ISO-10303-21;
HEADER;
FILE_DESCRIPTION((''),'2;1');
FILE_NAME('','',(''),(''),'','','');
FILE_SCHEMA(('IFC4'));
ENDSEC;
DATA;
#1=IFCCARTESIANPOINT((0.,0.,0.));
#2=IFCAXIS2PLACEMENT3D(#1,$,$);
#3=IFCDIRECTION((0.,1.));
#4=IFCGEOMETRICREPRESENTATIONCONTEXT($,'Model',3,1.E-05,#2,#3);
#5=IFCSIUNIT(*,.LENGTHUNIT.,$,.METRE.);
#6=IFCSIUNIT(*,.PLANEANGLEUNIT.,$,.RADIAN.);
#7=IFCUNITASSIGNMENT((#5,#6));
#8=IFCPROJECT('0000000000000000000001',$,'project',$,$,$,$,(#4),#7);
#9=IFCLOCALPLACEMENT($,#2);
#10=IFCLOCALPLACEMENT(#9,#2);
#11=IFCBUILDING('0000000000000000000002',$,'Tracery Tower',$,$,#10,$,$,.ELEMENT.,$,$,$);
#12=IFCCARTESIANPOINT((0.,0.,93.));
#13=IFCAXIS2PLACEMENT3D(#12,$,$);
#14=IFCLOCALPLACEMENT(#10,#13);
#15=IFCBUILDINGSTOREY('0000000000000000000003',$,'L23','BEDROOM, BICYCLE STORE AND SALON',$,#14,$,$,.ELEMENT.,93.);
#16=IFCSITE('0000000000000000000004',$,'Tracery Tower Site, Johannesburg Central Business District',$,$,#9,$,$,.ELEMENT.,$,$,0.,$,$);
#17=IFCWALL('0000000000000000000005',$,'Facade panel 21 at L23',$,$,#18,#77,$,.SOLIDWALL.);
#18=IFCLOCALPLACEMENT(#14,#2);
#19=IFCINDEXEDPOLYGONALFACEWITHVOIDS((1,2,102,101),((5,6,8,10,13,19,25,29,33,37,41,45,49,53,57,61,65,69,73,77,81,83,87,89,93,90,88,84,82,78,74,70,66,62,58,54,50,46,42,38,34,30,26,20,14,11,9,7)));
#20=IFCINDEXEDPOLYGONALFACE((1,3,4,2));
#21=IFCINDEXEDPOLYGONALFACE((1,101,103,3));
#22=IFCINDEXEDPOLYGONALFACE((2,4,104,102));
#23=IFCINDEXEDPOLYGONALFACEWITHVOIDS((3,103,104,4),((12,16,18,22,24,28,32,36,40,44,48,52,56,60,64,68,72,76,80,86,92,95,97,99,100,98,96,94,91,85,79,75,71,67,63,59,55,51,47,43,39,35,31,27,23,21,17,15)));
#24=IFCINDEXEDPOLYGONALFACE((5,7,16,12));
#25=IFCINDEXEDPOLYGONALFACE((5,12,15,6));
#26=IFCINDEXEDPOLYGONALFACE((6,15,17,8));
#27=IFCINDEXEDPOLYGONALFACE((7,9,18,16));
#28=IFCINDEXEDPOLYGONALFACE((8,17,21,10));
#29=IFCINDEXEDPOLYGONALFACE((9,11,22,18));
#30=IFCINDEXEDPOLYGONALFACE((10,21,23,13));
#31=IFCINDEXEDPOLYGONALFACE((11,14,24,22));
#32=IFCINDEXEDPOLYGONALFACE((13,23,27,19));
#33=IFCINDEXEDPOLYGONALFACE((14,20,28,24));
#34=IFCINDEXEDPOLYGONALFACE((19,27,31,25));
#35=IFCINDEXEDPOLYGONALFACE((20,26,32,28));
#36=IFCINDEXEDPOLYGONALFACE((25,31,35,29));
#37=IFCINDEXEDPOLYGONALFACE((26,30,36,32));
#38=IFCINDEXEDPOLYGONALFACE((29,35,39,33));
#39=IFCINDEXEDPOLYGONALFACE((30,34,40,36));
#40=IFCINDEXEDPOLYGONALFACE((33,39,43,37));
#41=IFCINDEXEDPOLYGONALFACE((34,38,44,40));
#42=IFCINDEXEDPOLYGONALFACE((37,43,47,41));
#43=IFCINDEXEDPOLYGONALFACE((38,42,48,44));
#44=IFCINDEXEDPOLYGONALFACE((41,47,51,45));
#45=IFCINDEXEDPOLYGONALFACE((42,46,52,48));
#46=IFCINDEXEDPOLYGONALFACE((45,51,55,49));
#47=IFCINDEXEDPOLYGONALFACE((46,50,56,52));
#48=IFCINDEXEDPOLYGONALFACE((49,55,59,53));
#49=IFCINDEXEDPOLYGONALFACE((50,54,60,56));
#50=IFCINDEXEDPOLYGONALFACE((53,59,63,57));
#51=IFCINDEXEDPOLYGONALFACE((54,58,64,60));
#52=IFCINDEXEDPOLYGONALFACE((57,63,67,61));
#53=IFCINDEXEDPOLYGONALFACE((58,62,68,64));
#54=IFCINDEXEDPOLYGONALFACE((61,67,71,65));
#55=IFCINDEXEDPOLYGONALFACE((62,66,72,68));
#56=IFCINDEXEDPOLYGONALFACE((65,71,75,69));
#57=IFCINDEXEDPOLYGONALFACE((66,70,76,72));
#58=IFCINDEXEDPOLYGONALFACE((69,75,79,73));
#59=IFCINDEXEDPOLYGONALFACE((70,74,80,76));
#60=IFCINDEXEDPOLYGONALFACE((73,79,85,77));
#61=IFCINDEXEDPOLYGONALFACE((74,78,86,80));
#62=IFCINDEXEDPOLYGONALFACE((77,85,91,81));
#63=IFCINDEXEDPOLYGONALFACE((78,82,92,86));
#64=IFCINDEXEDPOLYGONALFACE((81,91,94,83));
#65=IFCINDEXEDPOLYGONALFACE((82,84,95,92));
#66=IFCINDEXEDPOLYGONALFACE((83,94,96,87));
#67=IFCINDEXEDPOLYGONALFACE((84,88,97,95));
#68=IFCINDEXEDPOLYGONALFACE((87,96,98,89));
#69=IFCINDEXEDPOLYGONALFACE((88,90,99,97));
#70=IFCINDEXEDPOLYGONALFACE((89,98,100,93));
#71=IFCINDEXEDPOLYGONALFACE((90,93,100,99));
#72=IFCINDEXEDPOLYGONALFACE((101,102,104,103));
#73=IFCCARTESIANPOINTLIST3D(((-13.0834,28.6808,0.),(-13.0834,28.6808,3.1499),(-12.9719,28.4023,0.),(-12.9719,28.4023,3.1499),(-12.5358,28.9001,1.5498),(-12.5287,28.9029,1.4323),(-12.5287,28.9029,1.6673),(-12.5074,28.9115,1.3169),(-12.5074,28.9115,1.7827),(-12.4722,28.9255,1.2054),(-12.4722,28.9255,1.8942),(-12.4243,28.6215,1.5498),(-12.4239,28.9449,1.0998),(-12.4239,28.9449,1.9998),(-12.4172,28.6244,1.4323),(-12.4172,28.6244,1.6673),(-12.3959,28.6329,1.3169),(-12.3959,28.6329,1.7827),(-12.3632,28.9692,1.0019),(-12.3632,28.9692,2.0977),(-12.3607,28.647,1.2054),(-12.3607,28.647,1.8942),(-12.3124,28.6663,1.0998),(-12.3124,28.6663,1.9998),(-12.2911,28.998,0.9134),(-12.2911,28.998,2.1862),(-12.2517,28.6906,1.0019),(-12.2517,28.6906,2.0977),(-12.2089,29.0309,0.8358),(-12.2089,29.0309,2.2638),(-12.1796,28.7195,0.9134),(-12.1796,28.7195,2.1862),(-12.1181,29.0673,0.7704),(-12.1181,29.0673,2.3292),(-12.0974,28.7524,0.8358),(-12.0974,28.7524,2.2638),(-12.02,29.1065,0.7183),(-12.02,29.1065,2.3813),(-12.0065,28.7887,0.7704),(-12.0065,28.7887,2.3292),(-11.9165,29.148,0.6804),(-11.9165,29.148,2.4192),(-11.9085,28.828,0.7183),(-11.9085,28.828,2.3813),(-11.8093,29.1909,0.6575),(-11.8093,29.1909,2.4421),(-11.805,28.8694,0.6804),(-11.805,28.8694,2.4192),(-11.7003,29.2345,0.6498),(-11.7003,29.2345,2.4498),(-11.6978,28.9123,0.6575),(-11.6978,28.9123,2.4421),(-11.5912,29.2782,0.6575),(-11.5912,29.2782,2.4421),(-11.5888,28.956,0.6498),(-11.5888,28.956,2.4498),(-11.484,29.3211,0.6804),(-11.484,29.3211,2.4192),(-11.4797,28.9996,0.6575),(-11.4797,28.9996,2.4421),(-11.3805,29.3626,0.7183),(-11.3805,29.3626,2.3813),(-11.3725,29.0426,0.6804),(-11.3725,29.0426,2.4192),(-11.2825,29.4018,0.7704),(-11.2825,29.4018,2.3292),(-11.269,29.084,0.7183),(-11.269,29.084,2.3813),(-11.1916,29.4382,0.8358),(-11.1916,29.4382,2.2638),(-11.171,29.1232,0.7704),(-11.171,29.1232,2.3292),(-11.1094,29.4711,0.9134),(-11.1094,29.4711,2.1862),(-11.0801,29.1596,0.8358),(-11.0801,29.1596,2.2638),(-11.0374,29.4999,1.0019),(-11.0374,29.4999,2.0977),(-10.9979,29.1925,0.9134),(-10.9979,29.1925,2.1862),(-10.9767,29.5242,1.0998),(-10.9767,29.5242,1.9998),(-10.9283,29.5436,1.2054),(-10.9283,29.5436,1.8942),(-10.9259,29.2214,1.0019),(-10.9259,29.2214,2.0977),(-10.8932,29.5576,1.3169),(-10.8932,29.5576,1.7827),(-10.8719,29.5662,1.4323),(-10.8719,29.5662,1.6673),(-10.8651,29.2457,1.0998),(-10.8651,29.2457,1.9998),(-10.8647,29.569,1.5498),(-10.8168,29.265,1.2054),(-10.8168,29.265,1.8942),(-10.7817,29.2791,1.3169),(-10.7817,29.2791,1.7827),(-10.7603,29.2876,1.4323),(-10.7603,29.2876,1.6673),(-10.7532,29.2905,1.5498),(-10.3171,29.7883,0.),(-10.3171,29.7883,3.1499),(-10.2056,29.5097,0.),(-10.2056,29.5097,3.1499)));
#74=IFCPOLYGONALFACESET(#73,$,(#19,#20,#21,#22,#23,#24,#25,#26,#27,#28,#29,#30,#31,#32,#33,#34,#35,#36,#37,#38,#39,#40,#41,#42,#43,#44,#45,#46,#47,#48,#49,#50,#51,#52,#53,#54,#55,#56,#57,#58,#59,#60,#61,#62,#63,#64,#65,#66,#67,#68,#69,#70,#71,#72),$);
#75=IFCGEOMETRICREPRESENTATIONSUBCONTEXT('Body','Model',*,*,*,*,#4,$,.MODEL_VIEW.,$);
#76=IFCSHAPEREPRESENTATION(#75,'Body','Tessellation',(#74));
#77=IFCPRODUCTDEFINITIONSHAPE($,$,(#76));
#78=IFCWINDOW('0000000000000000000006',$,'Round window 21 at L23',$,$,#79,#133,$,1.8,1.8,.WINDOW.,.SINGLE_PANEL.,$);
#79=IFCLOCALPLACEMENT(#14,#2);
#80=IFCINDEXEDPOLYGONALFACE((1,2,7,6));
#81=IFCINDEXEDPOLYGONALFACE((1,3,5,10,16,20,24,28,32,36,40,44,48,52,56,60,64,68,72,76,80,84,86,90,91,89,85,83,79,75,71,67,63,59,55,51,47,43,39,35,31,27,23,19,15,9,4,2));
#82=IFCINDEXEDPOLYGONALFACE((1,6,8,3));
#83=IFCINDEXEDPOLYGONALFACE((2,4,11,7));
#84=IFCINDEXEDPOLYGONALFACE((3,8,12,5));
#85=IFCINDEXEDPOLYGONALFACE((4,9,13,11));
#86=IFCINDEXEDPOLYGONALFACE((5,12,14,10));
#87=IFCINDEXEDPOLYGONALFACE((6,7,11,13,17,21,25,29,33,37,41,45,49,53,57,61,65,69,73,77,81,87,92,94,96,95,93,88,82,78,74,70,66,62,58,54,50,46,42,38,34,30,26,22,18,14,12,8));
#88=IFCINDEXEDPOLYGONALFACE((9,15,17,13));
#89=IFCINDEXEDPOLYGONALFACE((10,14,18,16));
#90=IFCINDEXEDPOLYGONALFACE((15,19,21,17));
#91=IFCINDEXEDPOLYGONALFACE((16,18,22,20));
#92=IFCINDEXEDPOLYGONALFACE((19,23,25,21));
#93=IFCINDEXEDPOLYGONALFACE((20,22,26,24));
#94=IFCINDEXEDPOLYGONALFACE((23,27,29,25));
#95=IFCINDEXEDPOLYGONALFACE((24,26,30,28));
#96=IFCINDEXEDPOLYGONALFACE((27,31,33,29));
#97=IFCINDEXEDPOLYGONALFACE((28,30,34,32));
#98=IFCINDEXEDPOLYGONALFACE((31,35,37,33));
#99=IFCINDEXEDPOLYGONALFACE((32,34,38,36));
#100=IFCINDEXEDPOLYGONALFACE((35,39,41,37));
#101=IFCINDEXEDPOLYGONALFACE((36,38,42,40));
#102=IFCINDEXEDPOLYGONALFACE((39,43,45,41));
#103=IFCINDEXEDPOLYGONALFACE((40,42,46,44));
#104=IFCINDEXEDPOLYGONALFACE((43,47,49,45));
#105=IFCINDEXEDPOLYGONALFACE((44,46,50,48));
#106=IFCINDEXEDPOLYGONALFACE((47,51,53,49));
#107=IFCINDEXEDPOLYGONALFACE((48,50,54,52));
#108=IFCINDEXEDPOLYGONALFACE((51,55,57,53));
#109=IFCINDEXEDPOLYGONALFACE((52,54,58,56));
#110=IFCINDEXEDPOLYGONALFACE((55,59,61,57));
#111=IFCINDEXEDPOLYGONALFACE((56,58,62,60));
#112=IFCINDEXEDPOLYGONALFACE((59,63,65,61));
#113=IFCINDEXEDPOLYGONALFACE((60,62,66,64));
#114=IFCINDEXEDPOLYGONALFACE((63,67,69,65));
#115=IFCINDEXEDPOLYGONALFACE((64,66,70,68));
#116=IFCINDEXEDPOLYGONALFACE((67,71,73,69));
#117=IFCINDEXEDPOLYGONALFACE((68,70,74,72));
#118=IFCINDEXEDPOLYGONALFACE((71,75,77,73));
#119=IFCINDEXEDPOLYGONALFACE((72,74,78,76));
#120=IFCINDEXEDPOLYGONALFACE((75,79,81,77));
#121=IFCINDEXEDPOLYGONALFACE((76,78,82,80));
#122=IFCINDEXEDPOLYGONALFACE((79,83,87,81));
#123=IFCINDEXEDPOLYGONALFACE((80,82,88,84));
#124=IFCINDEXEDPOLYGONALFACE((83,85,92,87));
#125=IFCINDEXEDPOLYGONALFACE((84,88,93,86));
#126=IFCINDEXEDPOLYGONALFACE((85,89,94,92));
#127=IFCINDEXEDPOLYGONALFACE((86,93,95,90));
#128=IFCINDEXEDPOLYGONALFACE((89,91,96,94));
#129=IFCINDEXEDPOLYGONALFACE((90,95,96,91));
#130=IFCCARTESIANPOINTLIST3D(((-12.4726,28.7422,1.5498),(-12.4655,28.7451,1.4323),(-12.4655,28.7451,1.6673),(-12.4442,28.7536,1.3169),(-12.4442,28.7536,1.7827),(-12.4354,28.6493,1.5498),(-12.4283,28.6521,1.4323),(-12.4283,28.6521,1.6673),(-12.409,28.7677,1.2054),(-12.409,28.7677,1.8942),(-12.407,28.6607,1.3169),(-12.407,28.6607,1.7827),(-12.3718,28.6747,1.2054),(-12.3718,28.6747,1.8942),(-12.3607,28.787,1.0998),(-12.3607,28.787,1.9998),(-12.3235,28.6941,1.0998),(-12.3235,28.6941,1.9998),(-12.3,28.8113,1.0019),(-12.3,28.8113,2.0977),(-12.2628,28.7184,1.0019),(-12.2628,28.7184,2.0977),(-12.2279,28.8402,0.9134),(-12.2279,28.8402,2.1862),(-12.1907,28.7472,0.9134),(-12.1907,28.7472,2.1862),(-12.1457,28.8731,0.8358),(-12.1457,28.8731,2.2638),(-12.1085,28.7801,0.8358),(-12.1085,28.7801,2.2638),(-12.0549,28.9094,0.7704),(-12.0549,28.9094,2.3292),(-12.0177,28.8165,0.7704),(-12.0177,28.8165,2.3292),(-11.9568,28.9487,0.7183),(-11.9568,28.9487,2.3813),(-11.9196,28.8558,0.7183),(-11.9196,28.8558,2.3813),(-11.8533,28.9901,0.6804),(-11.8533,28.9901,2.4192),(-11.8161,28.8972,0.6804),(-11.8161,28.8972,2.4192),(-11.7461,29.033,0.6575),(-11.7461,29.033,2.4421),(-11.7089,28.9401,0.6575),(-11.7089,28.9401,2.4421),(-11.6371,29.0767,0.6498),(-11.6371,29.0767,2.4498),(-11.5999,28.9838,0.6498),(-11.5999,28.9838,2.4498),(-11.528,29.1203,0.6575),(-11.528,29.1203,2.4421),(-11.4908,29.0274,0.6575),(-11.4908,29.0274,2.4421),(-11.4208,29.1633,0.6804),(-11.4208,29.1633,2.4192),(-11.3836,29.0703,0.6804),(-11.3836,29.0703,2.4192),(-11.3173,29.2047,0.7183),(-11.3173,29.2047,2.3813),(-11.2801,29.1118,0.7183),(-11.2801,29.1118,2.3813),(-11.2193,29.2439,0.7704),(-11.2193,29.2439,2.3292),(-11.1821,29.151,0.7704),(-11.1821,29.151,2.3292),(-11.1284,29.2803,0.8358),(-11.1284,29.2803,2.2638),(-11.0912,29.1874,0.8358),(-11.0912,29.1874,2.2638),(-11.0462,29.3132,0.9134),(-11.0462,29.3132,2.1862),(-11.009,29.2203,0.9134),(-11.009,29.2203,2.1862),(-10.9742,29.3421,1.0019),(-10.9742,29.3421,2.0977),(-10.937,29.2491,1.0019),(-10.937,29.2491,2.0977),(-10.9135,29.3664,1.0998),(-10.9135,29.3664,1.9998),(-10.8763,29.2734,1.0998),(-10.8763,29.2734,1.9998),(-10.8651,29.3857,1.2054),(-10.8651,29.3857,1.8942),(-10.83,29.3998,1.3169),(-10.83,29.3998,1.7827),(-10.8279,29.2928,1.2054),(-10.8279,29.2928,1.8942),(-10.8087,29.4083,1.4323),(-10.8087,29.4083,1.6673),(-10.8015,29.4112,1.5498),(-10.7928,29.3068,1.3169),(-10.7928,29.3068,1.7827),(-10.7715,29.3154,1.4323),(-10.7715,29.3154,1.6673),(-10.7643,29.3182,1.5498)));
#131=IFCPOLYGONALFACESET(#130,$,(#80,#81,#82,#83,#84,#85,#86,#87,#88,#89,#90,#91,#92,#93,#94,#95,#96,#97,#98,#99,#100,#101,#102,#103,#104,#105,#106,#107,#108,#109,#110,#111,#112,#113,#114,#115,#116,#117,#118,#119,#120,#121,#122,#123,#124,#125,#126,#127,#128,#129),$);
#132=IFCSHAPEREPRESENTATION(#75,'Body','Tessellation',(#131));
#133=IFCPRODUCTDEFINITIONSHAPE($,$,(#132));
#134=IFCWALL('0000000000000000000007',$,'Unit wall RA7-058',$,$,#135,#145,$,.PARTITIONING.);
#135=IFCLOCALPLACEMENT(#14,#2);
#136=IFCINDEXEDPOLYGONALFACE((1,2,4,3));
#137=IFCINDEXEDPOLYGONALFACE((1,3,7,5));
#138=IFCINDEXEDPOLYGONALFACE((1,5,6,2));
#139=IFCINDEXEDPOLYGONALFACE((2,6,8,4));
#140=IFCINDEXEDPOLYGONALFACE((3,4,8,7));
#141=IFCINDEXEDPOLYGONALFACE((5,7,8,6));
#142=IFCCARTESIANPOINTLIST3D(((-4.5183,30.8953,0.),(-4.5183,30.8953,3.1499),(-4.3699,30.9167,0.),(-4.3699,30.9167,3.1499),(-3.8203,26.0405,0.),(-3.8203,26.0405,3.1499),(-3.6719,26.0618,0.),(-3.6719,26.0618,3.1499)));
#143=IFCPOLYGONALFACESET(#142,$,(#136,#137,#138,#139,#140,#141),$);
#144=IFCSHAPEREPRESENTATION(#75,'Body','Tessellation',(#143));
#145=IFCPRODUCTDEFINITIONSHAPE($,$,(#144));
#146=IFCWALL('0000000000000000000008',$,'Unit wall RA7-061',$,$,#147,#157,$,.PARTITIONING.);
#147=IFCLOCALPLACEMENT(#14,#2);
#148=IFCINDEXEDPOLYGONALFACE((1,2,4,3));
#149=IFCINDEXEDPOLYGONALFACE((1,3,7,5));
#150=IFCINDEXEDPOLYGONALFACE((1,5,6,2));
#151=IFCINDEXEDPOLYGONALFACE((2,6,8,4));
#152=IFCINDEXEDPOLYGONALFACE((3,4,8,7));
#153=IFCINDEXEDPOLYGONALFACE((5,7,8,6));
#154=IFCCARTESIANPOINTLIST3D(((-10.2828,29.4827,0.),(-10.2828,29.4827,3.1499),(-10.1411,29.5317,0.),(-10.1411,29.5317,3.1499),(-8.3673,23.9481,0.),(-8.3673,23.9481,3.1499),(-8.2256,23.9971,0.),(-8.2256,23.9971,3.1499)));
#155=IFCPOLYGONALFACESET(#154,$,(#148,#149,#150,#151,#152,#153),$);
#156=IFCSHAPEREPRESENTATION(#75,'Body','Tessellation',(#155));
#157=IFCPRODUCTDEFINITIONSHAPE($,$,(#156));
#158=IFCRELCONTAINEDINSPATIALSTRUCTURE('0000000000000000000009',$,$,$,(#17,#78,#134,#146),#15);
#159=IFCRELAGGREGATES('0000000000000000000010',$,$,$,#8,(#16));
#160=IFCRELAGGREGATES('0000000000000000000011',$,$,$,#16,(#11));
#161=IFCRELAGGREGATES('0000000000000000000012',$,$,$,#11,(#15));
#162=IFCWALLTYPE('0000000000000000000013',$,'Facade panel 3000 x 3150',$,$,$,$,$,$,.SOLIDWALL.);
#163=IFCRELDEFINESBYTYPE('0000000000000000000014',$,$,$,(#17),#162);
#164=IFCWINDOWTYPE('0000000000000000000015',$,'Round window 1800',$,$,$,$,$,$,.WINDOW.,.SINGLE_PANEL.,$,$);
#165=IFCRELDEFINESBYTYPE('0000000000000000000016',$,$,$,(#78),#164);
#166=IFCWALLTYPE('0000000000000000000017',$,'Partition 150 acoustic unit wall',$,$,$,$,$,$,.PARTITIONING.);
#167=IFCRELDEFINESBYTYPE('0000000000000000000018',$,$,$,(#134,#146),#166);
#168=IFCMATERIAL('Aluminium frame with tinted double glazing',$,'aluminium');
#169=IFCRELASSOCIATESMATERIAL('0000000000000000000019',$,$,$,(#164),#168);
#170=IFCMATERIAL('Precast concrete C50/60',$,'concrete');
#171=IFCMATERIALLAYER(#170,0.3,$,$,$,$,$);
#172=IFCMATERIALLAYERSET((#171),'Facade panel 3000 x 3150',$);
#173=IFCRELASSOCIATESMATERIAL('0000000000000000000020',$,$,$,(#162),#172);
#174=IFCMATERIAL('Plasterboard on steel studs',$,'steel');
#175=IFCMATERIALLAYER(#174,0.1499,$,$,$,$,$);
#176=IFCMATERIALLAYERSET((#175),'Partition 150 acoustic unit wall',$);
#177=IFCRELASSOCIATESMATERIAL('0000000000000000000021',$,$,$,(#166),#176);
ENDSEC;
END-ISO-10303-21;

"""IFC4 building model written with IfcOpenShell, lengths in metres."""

from ifc_helpers import new_model, si_unit, direction, frame, frame_2d, origin, origin_2d, place, context, subcontext, project, spatial, rectangle, circle, extrude, material, layer, layer_set, type_object, element, fill, save


model = new_model("IFC4")

# Units and contexts
model_context = context("Model", 3, precision=1e-05, world=origin(), true_north=direction((0.0, 1.0)))
body_context = subcontext(model_context, "Body", "Model", "MODEL_VIEW")
ifc_project = project(units=[si_unit("LENGTHUNIT", "METRE"), si_unit("PLANEANGLEUNIT", "RADIAN")], contexts=[model_context])

# Site, building, storey
site_placement = place(None, origin())
site = spatial("IfcSite", under=ifc_project, at=site_placement, Name="Tracery Tower Site, Johannesburg Central Business District", CompositionType="ELEMENT", RefElevation=0.0)
building_placement = place(site_placement, origin())
building = spatial("IfcBuilding", under=site, at=building_placement, Name="Tracery Tower", CompositionType="ELEMENT")
storey_placement = place(building_placement, frame((0.0, 0.0, 93.0)))
storey = spatial("IfcBuildingStorey", under=building, at=storey_placement, Name="L23", Description="BEDROOM, BICYCLE STORE AND SALON", CompositionType="ELEMENT", Elevation=93.0)

# Wall, opening, window
ifc_material_1 = material(Name="Aluminium frame with tinted double glazing", Category="aluminium")
window_type = type_object("IfcWindowType", Name="Round window 1800", PartitioningType="SINGLE_PANEL", PredefinedType="WINDOW", material=ifc_material_1)
ifc_material_2 = material(Name="Precast concrete C50/60", Category="concrete")
ifc_layer_1 = layer(ifc_material_2, 0.3)
ifc_layer_set_1 = layer_set([ifc_layer_1], Name="Facade panel 3000 x 3150")
wall_type_1 = type_object("IfcWallType", Name="Facade panel 3000 x 3150", PredefinedType="SOLIDWALL", material=ifc_layer_set_1)
wall_1_placement = place(storey_placement, frame((-10.2615, 29.6489, 0.0), z_axis=(0.0, 0.0, 1.0), x_axis=(-0.928375, -0.371645, 0.0)))
wall_1 = element("IfcWall", 1, at=wall_1_placement, inside=storey, type_object=wall_type_1, Name="Facade panel 21 at L23", PredefinedType="SOLIDWALL", context=body_context, shape_type="SweptSolid", body=[
    extrude(rectangle(XDim=2.9797, YDim=0.3, at=frame_2d((1.4897, 0.0))), origin(), (0.0, 0.0, 1.0), 3.1499),
])
opening_1_placement = place(wall_1_placement, frame((1.4897, 0.0, 1.5498)))
opening_1 = element("IfcOpeningElement", 2, at=opening_1_placement, cuts=wall_1, PredefinedType="OPENING", context=body_context, shape_type="SweptSolid", body=[
    extrude(circle(Radius=0.9, at=origin_2d()), frame((0.0, 0.1599, 0.0), z_axis=(0.0, -1.0, 0.0), x_axis=(1.0, 0.0, 0.0)), (0.0, 0.0, 1.0), 0.3201),
])
window_1_placement = place(opening_1_placement, origin())
window_1 = element("IfcWindow", 3, at=window_1_placement, inside=storey, type_object=window_type, Name="Round window 21 at L23", OverallHeight=1.8, OverallWidth=1.8, PartitioningType="SINGLE_PANEL", PredefinedType="WINDOW", context=body_context, shape_type="SweptSolid", body=[
    extrude(circle(Radius=0.9, at=origin_2d()), frame((0.0, 0.1201, 0.0), z_axis=(0.0, -1.0, 0.0), x_axis=(1.0, 0.0, 0.0)), (0.0, 0.0, 1.0), 0.1001),
])
fill(opening_1, window_1)

# Walls
ifc_material_3 = material(Name="Plasterboard on steel studs", Category="steel")
ifc_layer_2 = layer(ifc_material_3, 0.1499)
ifc_layer_set_2 = layer_set([ifc_layer_2], Name="Partition 150 acoustic unit wall")
wall_type_2 = type_object("IfcWallType", Name="Partition 150 acoustic unit wall", PredefinedType="PARTITIONING", material=ifc_layer_set_2)
wall_2_placement = place(storey_placement, frame((-4.4441, 30.906, 0.0), z_axis=(0.0, 0.0, 1.0), x_axis=(0.142306, -0.989823, 0.0)))
element("IfcWall", 4, at=wall_2_placement, inside=storey, type_object=wall_type_2, Name="Unit wall RA7-058", PredefinedType="PARTITIONING", context=body_context, shape_type="SweptSolid", body=[
    extrude(rectangle(XDim=4.9048, YDim=0.1499, at=frame_2d((2.4524, 0.0))), origin(), (0.0, 0.0, 1.0), 3.1499),
])
wall_3_placement = place(storey_placement, frame((-10.2119, 29.5071, 0.0), z_axis=(0.0, 0.0, 1.0), x_axis=(0.327062, -0.945003, 0.0)))
element("IfcWall", 5, at=wall_3_placement, inside=storey, type_object=wall_type_2, Name="Unit wall RA7-061", PredefinedType="PARTITIONING", context=body_context, shape_type="SweptSolid", body=[
    extrude(rectangle(XDim=5.8567, YDim=0.1499, at=frame_2d((2.9282, 0.0))), origin(), (0.0, 0.0, 1.0), 3.1499),
])

save(model, "model.ifc")
